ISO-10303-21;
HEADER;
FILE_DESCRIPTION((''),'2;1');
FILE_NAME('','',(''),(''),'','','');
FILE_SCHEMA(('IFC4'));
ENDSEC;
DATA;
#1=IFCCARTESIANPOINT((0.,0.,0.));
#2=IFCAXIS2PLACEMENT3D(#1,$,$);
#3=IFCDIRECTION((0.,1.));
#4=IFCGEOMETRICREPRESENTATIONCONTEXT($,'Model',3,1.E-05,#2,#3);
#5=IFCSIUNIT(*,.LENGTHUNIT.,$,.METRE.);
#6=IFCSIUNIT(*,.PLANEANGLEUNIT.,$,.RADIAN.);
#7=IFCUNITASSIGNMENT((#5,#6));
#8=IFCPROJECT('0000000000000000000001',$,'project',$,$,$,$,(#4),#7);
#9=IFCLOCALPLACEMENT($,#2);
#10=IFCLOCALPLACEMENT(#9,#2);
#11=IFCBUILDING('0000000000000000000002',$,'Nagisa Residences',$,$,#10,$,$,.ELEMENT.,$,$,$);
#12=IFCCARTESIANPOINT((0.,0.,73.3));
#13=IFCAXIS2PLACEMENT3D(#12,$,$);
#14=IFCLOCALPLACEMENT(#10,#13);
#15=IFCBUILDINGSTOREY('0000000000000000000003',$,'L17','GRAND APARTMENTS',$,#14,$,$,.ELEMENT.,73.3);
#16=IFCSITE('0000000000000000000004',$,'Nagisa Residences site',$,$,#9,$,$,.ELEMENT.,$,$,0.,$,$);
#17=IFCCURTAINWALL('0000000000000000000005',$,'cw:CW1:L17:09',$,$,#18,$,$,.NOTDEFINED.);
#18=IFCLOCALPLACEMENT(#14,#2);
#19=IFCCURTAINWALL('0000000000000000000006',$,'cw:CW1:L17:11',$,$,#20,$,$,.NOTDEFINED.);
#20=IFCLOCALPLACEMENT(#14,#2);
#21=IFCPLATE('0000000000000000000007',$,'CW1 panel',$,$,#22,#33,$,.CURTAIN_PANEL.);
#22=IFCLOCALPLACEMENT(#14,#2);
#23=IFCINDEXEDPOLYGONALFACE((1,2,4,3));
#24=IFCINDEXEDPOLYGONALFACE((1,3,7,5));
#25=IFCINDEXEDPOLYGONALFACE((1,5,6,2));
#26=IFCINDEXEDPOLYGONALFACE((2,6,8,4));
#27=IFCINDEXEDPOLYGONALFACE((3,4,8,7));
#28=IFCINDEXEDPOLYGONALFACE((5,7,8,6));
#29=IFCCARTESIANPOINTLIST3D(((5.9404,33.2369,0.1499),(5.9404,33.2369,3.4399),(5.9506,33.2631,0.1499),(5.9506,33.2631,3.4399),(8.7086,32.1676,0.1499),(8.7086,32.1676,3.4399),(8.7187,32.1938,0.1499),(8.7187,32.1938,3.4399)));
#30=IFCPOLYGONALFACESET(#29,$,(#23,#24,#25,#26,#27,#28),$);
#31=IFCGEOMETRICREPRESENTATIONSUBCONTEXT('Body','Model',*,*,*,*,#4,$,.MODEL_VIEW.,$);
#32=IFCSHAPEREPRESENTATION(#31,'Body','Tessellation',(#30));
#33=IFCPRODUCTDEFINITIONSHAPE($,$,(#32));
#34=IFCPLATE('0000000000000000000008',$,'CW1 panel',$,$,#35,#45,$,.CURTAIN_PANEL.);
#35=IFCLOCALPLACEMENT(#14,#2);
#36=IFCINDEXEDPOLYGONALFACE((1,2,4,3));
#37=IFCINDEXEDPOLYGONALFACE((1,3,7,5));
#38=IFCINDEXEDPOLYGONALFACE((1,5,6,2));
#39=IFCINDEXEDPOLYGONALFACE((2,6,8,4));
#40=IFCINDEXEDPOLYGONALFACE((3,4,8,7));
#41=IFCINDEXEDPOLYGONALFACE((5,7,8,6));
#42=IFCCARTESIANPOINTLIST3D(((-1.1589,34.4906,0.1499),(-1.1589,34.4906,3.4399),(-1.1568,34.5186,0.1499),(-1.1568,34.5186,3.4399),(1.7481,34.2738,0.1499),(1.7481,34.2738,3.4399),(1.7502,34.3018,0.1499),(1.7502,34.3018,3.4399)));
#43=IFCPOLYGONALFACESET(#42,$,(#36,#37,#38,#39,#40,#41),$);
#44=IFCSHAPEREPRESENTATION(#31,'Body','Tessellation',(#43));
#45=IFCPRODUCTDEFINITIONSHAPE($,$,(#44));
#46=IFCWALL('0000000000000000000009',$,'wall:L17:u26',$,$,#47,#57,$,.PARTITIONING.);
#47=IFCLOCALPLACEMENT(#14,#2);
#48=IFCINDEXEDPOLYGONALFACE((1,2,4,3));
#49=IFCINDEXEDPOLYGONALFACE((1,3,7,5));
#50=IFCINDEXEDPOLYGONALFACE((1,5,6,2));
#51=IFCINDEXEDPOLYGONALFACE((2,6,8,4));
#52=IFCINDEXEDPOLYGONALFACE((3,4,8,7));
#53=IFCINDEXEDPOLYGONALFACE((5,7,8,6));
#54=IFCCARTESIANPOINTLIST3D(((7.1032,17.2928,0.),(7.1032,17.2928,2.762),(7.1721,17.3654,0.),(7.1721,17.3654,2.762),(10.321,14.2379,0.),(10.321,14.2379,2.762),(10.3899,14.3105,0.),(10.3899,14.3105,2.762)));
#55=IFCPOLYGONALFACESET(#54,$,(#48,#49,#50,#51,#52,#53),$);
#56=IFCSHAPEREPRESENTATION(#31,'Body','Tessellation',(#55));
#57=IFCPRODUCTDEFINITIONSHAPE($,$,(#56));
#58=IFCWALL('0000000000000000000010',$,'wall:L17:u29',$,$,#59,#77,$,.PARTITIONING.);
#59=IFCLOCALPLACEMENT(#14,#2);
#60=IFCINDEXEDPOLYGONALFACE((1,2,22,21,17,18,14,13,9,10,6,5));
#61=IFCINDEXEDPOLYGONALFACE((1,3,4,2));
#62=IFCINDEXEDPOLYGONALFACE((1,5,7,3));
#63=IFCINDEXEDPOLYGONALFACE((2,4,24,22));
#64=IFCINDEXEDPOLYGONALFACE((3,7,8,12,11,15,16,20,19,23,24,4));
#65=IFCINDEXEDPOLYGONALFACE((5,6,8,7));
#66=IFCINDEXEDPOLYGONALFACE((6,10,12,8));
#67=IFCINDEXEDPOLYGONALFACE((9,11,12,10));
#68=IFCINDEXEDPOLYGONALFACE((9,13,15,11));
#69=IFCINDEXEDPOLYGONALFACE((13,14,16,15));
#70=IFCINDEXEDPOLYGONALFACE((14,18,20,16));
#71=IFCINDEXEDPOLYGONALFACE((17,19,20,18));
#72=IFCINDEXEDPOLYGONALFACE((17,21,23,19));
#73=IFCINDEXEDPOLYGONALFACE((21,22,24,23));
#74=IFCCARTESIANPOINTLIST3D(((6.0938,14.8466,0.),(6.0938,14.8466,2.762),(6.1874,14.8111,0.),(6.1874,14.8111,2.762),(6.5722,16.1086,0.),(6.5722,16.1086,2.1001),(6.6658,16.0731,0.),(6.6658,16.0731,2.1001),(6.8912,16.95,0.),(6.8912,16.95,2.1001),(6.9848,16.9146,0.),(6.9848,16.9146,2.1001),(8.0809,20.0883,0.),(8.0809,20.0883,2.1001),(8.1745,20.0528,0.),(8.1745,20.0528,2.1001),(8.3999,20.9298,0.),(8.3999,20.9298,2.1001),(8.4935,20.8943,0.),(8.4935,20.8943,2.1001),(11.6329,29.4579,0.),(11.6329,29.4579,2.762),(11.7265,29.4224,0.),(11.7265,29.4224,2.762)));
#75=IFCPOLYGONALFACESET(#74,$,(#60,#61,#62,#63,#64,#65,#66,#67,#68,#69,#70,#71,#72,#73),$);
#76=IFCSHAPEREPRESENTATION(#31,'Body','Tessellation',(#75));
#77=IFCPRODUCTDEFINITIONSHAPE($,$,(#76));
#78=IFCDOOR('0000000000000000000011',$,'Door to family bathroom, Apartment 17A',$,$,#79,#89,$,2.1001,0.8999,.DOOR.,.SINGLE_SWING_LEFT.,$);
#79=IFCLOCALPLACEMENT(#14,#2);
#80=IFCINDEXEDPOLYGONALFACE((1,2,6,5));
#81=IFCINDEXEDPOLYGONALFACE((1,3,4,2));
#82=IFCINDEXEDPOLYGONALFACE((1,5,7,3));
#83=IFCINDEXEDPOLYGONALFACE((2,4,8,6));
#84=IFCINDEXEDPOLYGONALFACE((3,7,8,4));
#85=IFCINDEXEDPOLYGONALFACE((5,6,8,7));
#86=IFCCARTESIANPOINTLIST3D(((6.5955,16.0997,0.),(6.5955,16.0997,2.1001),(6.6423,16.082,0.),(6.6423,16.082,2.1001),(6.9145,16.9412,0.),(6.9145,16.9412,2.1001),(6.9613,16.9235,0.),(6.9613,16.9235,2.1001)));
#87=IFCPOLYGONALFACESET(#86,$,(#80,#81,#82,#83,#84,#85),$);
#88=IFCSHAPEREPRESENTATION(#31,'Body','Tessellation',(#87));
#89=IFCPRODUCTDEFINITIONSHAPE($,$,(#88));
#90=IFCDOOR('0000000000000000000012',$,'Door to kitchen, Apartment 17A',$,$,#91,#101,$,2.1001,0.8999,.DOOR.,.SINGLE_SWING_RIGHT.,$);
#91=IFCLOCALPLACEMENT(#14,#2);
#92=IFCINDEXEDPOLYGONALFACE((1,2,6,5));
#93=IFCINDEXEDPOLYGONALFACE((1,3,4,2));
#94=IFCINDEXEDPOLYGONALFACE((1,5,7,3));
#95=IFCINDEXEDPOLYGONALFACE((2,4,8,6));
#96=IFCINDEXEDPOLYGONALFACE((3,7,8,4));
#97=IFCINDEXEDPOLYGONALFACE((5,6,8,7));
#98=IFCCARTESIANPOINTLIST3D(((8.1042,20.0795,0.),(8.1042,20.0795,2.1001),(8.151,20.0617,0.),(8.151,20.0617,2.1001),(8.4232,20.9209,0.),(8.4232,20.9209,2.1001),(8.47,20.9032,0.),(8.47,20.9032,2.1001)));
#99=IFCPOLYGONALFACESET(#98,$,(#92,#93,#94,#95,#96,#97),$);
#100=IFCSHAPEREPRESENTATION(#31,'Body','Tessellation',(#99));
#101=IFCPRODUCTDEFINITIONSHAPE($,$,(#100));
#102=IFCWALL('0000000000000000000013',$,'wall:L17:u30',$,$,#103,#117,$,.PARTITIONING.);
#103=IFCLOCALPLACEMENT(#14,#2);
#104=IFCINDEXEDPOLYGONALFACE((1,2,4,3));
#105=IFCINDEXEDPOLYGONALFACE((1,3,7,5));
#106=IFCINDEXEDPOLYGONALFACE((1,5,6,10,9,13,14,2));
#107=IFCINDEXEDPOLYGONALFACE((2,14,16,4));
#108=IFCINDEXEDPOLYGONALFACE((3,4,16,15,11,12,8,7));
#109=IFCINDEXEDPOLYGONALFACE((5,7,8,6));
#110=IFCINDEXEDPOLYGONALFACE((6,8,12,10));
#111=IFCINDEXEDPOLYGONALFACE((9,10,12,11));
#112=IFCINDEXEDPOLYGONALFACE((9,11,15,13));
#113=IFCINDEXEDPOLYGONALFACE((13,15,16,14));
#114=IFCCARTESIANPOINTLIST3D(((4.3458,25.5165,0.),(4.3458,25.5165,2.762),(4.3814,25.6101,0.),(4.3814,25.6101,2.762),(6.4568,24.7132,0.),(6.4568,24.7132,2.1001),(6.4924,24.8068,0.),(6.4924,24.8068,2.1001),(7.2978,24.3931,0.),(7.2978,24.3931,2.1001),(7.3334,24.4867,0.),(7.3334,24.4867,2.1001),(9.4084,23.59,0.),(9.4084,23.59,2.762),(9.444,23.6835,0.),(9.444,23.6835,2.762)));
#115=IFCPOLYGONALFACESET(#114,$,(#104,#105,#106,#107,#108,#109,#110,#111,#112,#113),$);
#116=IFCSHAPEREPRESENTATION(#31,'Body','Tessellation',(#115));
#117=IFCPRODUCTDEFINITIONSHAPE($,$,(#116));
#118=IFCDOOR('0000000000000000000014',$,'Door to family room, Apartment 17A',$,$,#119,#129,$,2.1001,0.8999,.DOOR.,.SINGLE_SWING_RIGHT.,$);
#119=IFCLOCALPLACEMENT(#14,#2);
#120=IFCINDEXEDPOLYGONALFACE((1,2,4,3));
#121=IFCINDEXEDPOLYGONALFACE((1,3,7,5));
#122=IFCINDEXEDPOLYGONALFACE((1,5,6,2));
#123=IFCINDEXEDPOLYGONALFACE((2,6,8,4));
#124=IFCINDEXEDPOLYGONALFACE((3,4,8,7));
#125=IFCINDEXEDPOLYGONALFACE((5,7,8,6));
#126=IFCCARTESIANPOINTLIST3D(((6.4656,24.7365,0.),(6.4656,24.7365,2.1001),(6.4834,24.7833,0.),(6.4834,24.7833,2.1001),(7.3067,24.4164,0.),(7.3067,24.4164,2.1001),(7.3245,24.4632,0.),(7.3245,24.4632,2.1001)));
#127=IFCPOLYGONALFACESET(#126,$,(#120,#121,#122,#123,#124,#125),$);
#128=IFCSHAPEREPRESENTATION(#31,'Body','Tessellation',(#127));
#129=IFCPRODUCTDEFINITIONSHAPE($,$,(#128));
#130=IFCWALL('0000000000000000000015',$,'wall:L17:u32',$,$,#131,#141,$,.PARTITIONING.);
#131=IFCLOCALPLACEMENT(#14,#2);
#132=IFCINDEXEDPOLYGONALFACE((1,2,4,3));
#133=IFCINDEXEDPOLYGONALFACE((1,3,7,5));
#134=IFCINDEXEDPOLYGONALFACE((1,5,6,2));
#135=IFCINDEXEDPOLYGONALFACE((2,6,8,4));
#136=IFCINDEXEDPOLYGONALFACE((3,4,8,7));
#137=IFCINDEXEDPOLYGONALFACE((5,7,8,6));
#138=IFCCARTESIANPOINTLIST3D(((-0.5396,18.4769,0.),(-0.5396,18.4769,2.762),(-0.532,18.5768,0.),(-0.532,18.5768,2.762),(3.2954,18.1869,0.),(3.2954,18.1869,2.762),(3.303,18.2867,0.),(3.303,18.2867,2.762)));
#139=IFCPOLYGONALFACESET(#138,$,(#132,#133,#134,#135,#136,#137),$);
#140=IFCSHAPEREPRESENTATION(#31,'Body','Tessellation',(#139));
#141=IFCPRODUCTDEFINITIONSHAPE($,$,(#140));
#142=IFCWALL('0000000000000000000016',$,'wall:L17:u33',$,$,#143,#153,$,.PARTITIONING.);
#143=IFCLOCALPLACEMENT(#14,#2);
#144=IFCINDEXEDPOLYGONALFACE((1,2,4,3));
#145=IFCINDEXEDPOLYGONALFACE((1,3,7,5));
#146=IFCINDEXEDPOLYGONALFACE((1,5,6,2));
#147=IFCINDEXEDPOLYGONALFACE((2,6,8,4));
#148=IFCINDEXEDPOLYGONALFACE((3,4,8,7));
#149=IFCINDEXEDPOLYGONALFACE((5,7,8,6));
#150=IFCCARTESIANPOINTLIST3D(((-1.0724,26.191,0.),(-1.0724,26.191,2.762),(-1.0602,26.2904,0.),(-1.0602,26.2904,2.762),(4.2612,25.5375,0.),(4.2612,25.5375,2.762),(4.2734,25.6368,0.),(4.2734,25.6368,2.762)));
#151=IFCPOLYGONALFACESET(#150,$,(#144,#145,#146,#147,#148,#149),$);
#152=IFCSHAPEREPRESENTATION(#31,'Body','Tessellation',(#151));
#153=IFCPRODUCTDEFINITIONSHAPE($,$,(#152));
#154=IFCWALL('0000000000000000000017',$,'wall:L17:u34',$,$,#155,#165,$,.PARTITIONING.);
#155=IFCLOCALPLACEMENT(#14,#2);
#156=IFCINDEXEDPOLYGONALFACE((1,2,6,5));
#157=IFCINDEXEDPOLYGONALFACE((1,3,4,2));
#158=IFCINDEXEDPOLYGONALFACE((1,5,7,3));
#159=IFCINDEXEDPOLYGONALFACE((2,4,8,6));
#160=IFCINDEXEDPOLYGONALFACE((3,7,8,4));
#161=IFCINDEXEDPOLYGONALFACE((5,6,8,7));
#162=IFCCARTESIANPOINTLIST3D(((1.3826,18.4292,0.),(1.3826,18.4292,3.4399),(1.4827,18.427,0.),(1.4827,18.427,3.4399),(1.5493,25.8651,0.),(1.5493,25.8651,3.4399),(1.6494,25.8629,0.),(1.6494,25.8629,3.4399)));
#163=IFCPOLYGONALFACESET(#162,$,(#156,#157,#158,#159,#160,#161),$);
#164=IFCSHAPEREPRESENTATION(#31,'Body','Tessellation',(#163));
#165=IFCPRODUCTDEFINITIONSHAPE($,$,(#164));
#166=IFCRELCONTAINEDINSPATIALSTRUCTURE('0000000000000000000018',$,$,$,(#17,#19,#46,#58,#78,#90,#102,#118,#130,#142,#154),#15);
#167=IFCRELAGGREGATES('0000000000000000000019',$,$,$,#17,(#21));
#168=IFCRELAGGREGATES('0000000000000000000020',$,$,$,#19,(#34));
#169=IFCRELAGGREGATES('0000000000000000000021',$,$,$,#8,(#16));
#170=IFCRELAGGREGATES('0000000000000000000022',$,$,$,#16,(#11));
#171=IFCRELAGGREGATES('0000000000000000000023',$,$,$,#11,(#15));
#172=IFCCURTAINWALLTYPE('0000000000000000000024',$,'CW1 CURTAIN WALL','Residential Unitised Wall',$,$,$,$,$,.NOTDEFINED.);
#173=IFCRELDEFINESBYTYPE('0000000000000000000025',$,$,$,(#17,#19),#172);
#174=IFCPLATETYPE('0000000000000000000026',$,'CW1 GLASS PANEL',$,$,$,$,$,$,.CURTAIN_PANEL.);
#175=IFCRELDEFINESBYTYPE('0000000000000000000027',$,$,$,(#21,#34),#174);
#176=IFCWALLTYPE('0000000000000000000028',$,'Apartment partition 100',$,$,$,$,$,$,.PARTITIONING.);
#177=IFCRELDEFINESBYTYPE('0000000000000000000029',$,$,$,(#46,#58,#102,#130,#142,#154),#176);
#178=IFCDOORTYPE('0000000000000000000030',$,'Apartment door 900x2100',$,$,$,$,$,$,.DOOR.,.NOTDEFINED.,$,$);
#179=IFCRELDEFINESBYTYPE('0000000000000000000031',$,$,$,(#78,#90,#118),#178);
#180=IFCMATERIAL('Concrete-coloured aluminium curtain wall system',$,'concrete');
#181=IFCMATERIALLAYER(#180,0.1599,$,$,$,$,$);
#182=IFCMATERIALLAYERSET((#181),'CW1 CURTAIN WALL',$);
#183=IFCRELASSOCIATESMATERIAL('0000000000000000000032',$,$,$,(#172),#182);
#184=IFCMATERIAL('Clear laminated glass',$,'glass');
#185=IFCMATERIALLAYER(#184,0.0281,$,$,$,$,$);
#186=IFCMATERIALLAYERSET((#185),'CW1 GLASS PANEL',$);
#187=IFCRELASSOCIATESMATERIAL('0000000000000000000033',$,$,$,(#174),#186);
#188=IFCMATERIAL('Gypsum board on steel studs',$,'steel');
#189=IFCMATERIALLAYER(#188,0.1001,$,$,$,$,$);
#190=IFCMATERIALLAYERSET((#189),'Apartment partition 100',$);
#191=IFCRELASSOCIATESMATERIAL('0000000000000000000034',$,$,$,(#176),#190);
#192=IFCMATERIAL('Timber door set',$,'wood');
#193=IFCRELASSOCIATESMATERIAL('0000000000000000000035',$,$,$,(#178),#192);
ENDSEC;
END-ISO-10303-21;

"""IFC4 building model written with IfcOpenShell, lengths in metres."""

from ifc_helpers import new_model, si_unit, direction, frame, frame_2d, origin, origin_2d, place, context, subcontext, project, spatial, rectangle, extrude, material, layer, layer_set, type_object, element, fill, aggregate, save


model = new_model("IFC4")

# Units and contexts
model_context = context("Model", 3, precision=1e-05, world=origin(), true_north=direction((0.0, 1.0)))
body_context = subcontext(model_context, "Body", "Model", "MODEL_VIEW")
ifc_project = project(units=[si_unit("LENGTHUNIT", "METRE"), si_unit("PLANEANGLEUNIT", "RADIAN")], contexts=[model_context])

# Site, building, storey
site_placement = place(None, origin())
site = spatial("IfcSite", under=ifc_project, at=site_placement, Name="Nagisa Residences site", CompositionType="ELEMENT", RefElevation=0.0)
building_placement = place(site_placement, origin())
building = spatial("IfcBuilding", under=site, at=building_placement, Name="Nagisa Residences", CompositionType="ELEMENT")
storey_placement = place(building_placement, frame((0.0, 0.0, 73.3)))
storey = spatial("IfcBuildingStorey", under=building, at=storey_placement, Name="L17", Description="GRAND APARTMENTS", CompositionType="ELEMENT", Elevation=73.3)

# Curtain walls
ifc_material_1 = material(Name="Concrete-coloured aluminium curtain wall system", Category="concrete")
ifc_layer_1 = layer(ifc_material_1, 0.1599)
ifc_layer_set_1 = layer_set([ifc_layer_1], Name="CW1 CURTAIN WALL")
curtain_wall_type = type_object("IfcCurtainWallType", Name="CW1 CURTAIN WALL", Description="Residential Unitised Wall", PredefinedType="NOTDEFINED", material=ifc_layer_set_1)
curtain_wall_1_placement = place(storey_placement, origin())
curtain_wall_1 = element("IfcCurtainWall", 1, at=curtain_wall_1_placement, inside=storey, type_object=curtain_wall_type, Name="cw:CW1:L17:09", PredefinedType="NOTDEFINED")
curtain_wall_2_placement = place(storey_placement, origin())
curtain_wall_2 = element("IfcCurtainWall", 2, at=curtain_wall_2_placement, inside=storey, type_object=curtain_wall_type, Name="cw:CW1:L17:11", PredefinedType="NOTDEFINED")

# Plates
ifc_material_2 = material(Name="Clear laminated glass", Category="glass")
ifc_layer_2 = layer(ifc_material_2, 0.0281)
ifc_layer_set_2 = layer_set([ifc_layer_2], Name="CW1 GLASS PANEL")
plate_type = type_object("IfcPlateType", Name="CW1 GLASS PANEL", PredefinedType="CURTAIN_PANEL", material=ifc_layer_set_2)
plate_1_placement = place(storey_placement, frame((7.3296, 32.7153, 0.1499), z_axis=(0.0, 0.0, 1.0), x_axis=(-0.932826, 0.360328, 0.0)))
plate_1 = element("IfcPlate", 3, at=plate_1_placement, type_object=plate_type, Name="CW1 panel", PredefinedType="CURTAIN_PANEL", context=body_context, shape_type="SweptSolid", body=[
    extrude(rectangle(XDim=2.9675, YDim=0.0281, at=origin_2d()), origin(), (0.0, 0.0, 1.0), 3.29),
])
aggregate(curtain_wall_1, [plate_1])
plate_2_placement = place(storey_placement, frame((0.2957, 34.3962, 0.1499), z_axis=(0.0, 0.0, 1.0), x_axis=(-0.99723, 0.074377, 0.0)))
plate_2 = element("IfcPlate", 4, at=plate_2_placement, type_object=plate_type, Name="CW1 panel", PredefinedType="CURTAIN_PANEL", context=body_context, shape_type="SweptSolid", body=[
    extrude(rectangle(XDim=2.915, YDim=0.0281, at=origin_2d()), origin(), (0.0, 0.0, 1.0), 3.29),
])
aggregate(curtain_wall_2, [plate_2])

# Wall
ifc_material_3 = material(Name="Gypsum board on steel studs", Category="steel")
ifc_layer_3 = layer(ifc_material_3, 0.1001)
ifc_layer_set_3 = layer_set([ifc_layer_3], Name="Apartment partition 100")
wall_type_1 = type_object("IfcWallType", Name="Apartment partition 100", PredefinedType="PARTITIONING", material=ifc_layer_set_3)
wall_1_placement = place(storey_placement, frame((10.3555, 14.2742, 0.0), z_axis=(0.0, 0.0, 1.0), x_axis=(-0.725219, 0.688518, 0.0)))
element("IfcWall", 5, at=wall_1_placement, inside=storey, type_object=wall_type_1, Name="wall:L17:u26", PredefinedType="PARTITIONING", context=body_context, shape_type="SweptSolid", body=[
    extrude(rectangle(XDim=4.437, YDim=0.1001, at=frame_2d((2.2185, 0.0))), origin(), (0.0, 0.0, 1.0), 2.762),
])

# Wall, openings, doors
wall_2_placement = place(storey_placement, frame((6.1406, 14.8289, 0.0), z_axis=(0.0, 0.0, 1.0), x_axis=(0.354477, 0.935065, 0.0)))
wall_2 = element("IfcWall", 6, at=wall_2_placement, inside=storey, type_object=wall_type_1, Name="wall:L17:u29", PredefinedType="PARTITIONING", context=body_context, shape_type="SweptSolid", body=[
    extrude(rectangle(XDim=15.626, YDim=0.1001, at=frame_2d((7.813, 0.0))), origin(), (0.0, 0.0, 1.0), 2.762),
])
opening_1_placement = place(wall_2_placement, frame((1.3496, 0.0, 0.0)))
opening_1 = element("IfcOpeningElement", 7, at=opening_1_placement, cuts=wall_2, PredefinedType="OPENING", context=body_context, shape_type="SweptSolid", body=[
    extrude(rectangle(XDim=0.8999, YDim=2.1001, at=frame_2d((0.45, 1.05))), frame((0.0, 0.0601, 0.0), z_axis=(0.0, -1.0, 0.0), x_axis=(1.0, 0.0, 0.0)), (0.0, 0.0, 1.0), 0.1201),
])
opening_2_placement = place(wall_2_placement, frame((5.6057, 0.0, 0.0)))
opening_2 = element("IfcOpeningElement", 8, at=opening_2_placement, cuts=wall_2, PredefinedType="OPENING", context=body_context, shape_type="SweptSolid", body=[
    extrude(rectangle(XDim=0.8999, YDim=2.1001, at=frame_2d((0.45, 1.05))), frame((0.0, 0.0601, 0.0), z_axis=(0.0, -1.0, 0.0), x_axis=(1.0, 0.0, 0.0)), (0.0, 0.0, 1.0), 0.1201),
])
ifc_material_4 = material(Name="Timber door set", Category="wood")
door_type_1 = type_object("IfcDoorType", Name="Apartment door 900x2100", OperationType="NOTDEFINED", PredefinedType="DOOR", material=ifc_material_4)
door_1_placement = place(opening_1_placement, frame((0.8999, 0.0, 0.0), x_axis=(-1.0, 0.0, 0.0)))
door_1 = element("IfcDoor", 9, at=door_1_placement, inside=storey, type_object=door_type_1, Name="Door to family bathroom, Apartment 17A", OperationType="SINGLE_SWING_LEFT", OverallHeight=2.1001, OverallWidth=0.8999, PredefinedType="DOOR", context=body_context, shape_type="SweptSolid", body=[
    extrude(rectangle(XDim=0.8999, YDim=2.1001, at=frame_2d((0.45, 1.05))), frame((0.0, 0.0249, 0.0), z_axis=(0.0, -1.0, 0.0), x_axis=(1.0, 0.0, 0.0)), (0.0, 0.0, 1.0), 0.05),
])
fill(opening_1, door_1)
door_2_placement = place(opening_2_placement, frame((0.8999, 0.0, 0.0), x_axis=(-1.0, 0.0, 0.0)))
door_2 = element("IfcDoor", 10, at=door_2_placement, inside=storey, type_object=door_type_1, Name="Door to kitchen, Apartment 17A", OperationType="SINGLE_SWING_RIGHT", OverallHeight=2.1001, OverallWidth=0.8999, PredefinedType="DOOR", context=body_context, shape_type="SweptSolid", body=[
    extrude(rectangle(XDim=0.8999, YDim=2.1001, at=frame_2d((0.45, 1.05))), frame((0.0, 0.0249, 0.0), z_axis=(0.0, -1.0, 0.0), x_axis=(1.0, 0.0, 0.0)), (0.0, 0.0, 1.0), 0.05),
])
fill(opening_2, door_2)

# Wall, opening, door
wall_3_placement = place(storey_placement, frame((9.4263, 23.6367, 0.0), z_axis=(0.0, 0.0, 1.0), x_axis=(-0.934614, 0.355664, 0.0)))
wall_3 = element("IfcWall", 11, at=wall_3_placement, inside=storey, type_object=wall_type_1, Name="wall:L17:u30", PredefinedType="PARTITIONING", context=body_context, shape_type="SweptSolid", body=[
    extrude(rectangle(XDim=5.4167, YDim=0.1001, at=frame_2d((2.7085, 0.0))), origin(), (0.0, 0.0, 1.0), 2.762),
])
opening_3_placement = place(wall_3_placement, frame((2.2583, 0.0, 0.0)))
opening_3 = element("IfcOpeningElement", 12, at=opening_3_placement, cuts=wall_3, PredefinedType="OPENING", context=body_context, shape_type="SweptSolid", body=[
    extrude(rectangle(XDim=0.8999, YDim=2.1001, at=frame_2d((0.45, 1.05))), frame((0.0, 0.0601, 0.0), z_axis=(0.0, -1.0, 0.0), x_axis=(1.0, 0.0, 0.0)), (0.0, 0.0, 1.0), 0.1201),
])
door_3_placement = place(opening_3_placement, frame((0.8999, 0.0, 0.0), x_axis=(-1.0, 0.0, 0.0)))
door_3 = element("IfcDoor", 13, at=door_3_placement, inside=storey, type_object=door_type_1, Name="Door to family room, Apartment 17A", OperationType="SINGLE_SWING_RIGHT", OverallHeight=2.1001, OverallWidth=0.8999, PredefinedType="DOOR", context=body_context, shape_type="SweptSolid", body=[
    extrude(rectangle(XDim=0.8999, YDim=2.1001, at=frame_2d((0.45, 1.05))), frame((0.0, 0.0249, 0.0), z_axis=(0.0, -1.0, 0.0), x_axis=(1.0, 0.0, 0.0)), (0.0, 0.0, 1.0), 0.05),
])
fill(opening_3, door_3)

# Walls
wall_4_placement = place(storey_placement, frame((3.2991, 18.2368, 0.0), z_axis=(0.0, 0.0, 1.0), x_axis=(-0.997152, 0.075415, 0.0)))
element("IfcWall", 14, at=wall_4_placement, inside=storey, type_object=wall_type_1, Name="wall:L17:u32", PredefinedType="PARTITIONING", context=body_context, shape_type="SweptSolid", body=[
    extrude(rectangle(XDim=3.8459, YDim=0.1001, at=frame_2d((1.9229, 0.0))), origin(), (0.0, 0.0, 1.0), 2.762),
])
wall_5_placement = place(storey_placement, frame((4.2673, 25.5872, 0.0), z_axis=(0.0, 0.0, 1.0), x_axis=(-0.992576, 0.121624, 0.0)))
element("IfcWall", 15, at=wall_5_placement, inside=storey, type_object=wall_type_1, Name="wall:L17:u33", PredefinedType="PARTITIONING", context=body_context, shape_type="SweptSolid", body=[
    extrude(rectangle(XDim=5.3735, YDim=0.1001, at=frame_2d((2.6868, 0.0))), origin(), (0.0, 0.0, 1.0), 2.762),
])
wall_6_placement = place(storey_placement, frame((1.4326, 18.4282, 0.0), z_axis=(0.0, 0.0, 1.0), x_axis=(0.022419, 0.999749, 0.0)))
element("IfcWall", 16, at=wall_6_placement, inside=storey, type_object=wall_type_1, Name="wall:L17:u34", PredefinedType="PARTITIONING", context=body_context, shape_type="SweptSolid", body=[
    extrude(rectangle(XDim=7.4377, YDim=0.1001, at=frame_2d((3.7188, 0.0))), origin(), (0.0, 0.0, 1.0), 3.4399),
])

save(model, "model.ifc")
